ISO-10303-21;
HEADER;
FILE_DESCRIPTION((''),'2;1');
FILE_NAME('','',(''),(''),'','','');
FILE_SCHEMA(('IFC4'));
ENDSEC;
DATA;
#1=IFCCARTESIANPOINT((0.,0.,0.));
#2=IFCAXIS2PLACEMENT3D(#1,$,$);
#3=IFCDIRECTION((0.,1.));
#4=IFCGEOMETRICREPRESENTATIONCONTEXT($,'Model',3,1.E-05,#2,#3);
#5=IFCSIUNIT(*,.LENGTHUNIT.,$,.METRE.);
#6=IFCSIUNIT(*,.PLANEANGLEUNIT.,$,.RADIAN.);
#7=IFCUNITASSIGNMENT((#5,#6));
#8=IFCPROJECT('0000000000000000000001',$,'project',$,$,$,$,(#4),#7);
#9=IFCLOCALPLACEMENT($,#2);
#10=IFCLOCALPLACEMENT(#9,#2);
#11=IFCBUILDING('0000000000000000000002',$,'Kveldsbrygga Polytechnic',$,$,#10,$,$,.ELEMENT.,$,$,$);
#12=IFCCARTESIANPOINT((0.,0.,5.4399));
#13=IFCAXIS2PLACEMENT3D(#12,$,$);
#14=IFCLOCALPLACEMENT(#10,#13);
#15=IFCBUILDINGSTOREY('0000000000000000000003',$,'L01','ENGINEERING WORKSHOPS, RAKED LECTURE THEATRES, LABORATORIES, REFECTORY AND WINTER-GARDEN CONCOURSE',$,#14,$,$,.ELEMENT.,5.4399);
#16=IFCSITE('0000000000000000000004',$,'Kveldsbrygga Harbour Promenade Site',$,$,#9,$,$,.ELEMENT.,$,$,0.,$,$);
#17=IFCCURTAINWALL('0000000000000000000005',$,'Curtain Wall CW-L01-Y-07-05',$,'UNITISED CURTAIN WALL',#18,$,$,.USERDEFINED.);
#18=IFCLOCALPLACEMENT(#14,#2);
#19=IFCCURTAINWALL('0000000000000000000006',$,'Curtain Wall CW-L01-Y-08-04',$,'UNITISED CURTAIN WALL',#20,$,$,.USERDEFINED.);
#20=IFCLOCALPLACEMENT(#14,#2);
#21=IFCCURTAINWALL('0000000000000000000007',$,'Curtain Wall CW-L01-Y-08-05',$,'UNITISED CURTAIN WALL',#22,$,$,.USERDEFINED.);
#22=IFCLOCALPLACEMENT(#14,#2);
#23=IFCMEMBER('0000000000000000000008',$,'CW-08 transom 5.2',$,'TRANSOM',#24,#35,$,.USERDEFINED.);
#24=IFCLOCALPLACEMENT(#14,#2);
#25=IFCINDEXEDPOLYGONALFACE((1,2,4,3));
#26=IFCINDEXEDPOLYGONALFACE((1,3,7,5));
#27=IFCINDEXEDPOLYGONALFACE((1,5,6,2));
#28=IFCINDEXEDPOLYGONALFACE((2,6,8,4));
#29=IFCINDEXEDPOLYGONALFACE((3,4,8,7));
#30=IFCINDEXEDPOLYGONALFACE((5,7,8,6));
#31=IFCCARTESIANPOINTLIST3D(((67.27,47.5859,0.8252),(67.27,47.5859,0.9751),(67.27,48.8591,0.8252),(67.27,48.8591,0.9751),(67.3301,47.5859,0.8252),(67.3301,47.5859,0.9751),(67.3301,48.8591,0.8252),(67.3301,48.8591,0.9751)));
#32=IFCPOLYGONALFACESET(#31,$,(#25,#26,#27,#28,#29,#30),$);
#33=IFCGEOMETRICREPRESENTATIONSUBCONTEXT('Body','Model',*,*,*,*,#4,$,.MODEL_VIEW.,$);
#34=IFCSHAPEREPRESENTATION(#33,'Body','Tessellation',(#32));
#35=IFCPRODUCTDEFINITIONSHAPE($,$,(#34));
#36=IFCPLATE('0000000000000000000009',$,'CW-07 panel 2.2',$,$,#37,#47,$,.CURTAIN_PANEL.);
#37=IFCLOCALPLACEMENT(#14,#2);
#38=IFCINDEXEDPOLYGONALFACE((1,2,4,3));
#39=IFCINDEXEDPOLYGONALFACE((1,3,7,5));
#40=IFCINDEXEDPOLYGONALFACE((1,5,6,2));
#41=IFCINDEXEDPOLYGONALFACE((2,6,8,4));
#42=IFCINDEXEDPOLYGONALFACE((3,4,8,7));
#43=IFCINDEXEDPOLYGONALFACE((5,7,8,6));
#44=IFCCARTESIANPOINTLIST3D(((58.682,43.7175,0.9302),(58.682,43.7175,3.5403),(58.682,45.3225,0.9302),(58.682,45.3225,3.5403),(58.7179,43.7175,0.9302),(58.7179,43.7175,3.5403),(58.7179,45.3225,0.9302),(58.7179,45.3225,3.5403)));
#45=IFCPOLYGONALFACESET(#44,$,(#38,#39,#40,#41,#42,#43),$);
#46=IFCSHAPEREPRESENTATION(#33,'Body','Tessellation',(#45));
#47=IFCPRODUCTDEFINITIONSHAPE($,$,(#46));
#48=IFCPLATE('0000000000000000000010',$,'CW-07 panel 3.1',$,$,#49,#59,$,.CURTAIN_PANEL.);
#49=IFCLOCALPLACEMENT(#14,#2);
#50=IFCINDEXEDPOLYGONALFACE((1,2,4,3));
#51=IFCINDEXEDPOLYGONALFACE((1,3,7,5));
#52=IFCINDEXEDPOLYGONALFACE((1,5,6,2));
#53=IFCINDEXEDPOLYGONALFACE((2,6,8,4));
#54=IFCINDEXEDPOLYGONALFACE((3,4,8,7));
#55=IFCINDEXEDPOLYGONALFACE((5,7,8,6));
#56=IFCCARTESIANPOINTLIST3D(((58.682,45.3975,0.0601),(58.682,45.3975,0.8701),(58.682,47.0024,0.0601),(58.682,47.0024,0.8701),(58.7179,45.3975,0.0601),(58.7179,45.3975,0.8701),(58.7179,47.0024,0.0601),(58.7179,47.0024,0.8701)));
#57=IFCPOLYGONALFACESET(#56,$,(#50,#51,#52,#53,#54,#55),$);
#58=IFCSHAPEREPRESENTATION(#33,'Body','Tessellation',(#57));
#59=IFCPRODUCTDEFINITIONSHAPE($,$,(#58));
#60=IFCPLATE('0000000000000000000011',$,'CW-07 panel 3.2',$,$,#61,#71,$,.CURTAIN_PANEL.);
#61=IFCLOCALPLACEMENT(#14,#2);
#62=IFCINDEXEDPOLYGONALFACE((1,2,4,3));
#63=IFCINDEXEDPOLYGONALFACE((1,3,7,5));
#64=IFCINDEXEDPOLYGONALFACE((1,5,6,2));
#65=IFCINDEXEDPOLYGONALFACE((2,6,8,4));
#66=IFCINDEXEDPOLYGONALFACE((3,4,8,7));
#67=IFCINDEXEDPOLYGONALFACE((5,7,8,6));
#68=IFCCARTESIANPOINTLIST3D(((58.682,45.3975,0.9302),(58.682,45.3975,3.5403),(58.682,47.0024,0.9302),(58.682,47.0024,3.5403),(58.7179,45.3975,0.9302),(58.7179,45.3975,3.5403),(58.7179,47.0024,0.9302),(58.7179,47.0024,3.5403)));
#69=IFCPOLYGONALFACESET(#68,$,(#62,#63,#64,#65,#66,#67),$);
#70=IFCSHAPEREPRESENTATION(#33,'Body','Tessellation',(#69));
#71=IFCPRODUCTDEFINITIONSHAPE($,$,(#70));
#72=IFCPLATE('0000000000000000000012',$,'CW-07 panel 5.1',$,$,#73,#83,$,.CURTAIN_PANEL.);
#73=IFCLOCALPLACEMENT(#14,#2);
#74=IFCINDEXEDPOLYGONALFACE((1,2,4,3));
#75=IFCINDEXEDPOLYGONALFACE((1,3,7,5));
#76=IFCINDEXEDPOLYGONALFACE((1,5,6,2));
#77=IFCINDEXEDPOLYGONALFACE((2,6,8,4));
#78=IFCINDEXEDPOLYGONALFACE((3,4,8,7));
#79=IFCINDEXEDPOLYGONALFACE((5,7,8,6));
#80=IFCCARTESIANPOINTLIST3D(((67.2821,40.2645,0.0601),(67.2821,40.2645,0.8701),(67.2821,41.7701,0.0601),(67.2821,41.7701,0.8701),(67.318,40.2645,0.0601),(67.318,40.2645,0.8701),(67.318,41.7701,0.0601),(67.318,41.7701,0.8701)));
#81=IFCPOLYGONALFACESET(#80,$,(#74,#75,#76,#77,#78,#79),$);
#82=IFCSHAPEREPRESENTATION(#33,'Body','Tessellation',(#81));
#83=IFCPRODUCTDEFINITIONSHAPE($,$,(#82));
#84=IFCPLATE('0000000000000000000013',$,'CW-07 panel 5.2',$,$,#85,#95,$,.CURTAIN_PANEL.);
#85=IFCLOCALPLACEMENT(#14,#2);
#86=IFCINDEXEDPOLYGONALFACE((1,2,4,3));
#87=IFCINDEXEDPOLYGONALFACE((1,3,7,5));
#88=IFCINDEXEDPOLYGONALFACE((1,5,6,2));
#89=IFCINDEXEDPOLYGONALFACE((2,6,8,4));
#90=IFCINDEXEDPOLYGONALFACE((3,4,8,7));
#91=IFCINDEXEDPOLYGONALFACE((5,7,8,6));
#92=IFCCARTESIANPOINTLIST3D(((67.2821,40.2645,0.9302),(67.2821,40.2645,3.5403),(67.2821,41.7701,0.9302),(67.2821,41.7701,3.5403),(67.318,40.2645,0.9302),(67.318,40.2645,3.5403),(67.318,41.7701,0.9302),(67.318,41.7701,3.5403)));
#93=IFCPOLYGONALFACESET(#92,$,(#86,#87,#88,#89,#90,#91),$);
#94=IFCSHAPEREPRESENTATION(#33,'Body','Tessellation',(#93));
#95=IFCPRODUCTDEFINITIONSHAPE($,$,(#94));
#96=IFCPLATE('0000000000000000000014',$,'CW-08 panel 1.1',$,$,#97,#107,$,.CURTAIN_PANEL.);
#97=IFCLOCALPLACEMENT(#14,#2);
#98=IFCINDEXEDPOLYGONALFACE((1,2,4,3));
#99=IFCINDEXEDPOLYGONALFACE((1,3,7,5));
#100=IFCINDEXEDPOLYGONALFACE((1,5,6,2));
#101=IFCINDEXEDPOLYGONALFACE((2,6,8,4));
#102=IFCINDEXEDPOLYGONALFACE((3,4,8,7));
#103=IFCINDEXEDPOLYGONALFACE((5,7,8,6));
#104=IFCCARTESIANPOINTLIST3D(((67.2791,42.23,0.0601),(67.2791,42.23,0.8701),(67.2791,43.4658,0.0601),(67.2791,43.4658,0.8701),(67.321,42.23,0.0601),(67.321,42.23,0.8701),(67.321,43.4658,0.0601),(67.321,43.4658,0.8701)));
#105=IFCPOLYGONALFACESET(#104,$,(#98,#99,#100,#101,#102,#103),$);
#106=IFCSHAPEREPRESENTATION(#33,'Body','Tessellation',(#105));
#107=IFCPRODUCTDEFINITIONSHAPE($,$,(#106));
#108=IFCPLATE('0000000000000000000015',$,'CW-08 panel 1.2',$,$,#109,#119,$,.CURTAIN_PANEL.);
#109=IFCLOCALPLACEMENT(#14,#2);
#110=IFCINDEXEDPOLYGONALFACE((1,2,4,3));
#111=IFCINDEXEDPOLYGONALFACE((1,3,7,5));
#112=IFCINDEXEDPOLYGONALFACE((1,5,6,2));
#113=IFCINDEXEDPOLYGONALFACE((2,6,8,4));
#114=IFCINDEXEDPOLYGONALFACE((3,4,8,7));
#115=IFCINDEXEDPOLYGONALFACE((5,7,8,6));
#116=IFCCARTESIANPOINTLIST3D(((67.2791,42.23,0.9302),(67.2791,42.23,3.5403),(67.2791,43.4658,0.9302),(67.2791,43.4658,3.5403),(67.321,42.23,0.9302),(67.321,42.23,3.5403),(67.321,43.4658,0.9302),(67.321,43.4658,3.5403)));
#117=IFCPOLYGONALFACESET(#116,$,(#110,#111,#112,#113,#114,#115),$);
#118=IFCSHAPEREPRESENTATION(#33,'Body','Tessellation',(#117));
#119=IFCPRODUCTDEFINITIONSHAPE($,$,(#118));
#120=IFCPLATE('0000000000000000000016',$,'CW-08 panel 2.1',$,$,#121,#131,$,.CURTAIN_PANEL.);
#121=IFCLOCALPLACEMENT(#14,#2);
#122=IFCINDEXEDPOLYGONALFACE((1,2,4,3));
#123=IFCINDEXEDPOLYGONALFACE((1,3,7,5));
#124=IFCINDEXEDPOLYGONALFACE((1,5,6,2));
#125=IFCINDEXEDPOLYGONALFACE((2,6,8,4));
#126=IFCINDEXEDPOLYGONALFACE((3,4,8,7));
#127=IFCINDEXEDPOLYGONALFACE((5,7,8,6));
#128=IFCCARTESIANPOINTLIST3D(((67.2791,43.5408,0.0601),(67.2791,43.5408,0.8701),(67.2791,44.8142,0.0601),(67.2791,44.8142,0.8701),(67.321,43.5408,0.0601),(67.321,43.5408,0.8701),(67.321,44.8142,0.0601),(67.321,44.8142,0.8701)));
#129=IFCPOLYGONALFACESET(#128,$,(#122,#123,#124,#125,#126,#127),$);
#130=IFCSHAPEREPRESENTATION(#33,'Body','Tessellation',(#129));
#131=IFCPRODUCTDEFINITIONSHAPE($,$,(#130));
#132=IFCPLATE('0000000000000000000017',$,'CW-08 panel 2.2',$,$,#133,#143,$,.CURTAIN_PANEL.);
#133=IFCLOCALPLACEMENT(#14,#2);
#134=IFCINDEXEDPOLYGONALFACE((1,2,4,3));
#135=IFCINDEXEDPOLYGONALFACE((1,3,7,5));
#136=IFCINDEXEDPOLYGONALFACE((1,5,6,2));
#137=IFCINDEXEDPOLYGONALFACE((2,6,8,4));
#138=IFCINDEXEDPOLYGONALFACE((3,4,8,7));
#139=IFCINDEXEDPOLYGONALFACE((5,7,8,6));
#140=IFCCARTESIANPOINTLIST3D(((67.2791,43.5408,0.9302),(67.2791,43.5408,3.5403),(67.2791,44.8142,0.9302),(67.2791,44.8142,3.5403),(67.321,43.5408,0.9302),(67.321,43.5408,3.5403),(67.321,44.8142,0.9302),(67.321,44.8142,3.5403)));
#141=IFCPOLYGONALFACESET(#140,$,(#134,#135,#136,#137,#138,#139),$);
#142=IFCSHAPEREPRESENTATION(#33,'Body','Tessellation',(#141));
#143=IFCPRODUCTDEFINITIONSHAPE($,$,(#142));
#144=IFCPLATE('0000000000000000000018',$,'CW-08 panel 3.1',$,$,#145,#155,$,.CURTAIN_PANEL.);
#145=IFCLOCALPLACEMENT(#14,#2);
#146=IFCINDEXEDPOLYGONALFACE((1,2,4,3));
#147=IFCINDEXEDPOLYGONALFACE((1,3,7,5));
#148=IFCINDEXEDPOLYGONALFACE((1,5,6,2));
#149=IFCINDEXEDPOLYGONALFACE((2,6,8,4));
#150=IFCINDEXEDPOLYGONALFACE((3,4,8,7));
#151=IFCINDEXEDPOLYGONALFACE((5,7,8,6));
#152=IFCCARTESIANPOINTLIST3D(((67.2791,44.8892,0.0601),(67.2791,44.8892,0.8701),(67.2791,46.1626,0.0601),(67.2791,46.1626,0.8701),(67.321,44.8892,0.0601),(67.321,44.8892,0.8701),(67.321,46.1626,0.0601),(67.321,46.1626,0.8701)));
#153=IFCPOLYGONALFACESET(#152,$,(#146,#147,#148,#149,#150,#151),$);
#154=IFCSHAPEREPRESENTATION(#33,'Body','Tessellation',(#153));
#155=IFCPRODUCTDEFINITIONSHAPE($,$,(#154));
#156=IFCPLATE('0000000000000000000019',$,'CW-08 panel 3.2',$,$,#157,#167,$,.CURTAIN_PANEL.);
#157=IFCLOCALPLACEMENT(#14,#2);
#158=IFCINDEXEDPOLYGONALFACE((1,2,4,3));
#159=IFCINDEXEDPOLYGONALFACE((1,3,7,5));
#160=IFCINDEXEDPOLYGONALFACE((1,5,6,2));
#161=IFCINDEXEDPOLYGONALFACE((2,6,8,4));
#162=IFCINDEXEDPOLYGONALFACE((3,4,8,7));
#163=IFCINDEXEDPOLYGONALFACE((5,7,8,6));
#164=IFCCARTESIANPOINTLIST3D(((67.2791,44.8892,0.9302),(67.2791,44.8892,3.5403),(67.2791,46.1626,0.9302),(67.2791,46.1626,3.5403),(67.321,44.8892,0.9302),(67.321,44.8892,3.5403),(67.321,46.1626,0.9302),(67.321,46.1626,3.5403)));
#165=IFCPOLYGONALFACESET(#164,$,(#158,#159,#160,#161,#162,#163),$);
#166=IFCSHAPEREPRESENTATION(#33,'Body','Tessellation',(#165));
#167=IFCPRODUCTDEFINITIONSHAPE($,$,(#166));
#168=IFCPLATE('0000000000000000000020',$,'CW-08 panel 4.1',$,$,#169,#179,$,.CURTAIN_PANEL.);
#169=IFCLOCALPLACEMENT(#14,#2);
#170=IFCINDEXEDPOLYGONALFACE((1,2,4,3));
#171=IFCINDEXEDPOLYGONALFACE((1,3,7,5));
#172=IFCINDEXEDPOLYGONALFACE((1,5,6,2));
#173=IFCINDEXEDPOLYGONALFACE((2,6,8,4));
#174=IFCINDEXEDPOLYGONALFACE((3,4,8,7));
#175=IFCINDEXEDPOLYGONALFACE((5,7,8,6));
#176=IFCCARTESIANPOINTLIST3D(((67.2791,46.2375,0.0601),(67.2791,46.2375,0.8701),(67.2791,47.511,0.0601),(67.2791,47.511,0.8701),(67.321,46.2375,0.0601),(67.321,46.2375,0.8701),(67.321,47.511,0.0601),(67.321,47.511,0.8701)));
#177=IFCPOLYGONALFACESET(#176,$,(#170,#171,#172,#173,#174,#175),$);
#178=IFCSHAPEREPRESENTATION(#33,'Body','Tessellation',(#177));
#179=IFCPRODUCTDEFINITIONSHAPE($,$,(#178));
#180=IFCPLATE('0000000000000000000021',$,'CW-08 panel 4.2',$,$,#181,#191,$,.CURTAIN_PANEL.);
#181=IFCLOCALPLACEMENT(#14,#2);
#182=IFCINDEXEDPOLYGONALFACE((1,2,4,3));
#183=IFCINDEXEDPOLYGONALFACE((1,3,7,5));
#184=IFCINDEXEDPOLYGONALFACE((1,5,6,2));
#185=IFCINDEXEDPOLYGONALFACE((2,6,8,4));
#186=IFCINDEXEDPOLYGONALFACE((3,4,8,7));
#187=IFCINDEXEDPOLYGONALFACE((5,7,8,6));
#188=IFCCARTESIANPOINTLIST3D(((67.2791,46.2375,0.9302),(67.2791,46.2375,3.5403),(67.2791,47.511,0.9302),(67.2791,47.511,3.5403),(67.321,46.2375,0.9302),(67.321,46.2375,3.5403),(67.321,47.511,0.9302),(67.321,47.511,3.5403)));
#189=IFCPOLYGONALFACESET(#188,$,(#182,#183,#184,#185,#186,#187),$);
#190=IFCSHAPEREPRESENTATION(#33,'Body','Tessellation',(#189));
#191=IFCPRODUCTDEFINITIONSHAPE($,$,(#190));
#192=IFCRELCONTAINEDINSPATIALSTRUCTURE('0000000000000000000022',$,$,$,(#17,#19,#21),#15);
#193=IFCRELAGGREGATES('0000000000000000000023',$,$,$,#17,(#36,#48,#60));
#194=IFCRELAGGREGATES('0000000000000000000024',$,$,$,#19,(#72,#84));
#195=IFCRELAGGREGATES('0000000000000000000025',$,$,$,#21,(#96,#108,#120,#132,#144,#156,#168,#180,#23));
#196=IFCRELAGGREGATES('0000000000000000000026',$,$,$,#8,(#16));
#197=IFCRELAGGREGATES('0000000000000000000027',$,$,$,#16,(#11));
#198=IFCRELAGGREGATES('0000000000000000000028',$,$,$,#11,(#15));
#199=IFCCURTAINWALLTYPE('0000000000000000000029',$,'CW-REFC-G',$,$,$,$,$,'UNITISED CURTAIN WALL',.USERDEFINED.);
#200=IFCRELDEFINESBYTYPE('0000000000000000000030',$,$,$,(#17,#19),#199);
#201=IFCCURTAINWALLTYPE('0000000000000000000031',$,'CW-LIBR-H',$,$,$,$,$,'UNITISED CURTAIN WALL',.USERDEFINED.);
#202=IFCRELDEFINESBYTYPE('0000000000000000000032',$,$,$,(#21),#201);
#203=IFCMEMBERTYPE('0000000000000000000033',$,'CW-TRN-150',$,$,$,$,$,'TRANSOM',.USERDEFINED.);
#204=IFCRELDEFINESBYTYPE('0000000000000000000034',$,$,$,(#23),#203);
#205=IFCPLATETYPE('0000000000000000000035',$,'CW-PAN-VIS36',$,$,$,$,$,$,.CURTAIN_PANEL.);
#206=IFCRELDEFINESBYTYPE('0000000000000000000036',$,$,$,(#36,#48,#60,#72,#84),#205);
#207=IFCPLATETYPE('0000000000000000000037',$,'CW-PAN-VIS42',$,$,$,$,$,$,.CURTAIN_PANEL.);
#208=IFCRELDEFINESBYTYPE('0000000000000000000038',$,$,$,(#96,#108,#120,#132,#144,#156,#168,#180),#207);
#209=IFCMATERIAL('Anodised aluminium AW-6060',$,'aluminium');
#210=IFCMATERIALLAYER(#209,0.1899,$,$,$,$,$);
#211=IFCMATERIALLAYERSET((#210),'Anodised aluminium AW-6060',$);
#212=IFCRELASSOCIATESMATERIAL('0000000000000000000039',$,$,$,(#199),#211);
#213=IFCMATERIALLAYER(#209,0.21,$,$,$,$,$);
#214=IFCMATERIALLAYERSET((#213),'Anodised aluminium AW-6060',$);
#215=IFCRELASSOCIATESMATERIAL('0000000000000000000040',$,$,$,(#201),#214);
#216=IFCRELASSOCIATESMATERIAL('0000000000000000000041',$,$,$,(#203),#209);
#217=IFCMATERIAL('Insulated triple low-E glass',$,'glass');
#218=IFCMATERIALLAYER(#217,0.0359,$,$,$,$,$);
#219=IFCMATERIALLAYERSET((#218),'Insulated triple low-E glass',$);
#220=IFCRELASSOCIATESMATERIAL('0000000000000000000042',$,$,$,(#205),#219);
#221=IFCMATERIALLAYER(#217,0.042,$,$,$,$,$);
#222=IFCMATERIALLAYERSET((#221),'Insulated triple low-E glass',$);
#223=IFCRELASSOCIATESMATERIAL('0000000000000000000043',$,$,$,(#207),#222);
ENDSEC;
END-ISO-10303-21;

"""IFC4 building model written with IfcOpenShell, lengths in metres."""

from ifc_helpers import new_model, si_unit, direction, frame, origin, origin_2d, place, context, subcontext, project, spatial, rectangle, extrude, material, layer, layer_set, material_profile, profile_set, type_object, element, aggregate, save


model = new_model("IFC4")

# Units and contexts
model_context = context("Model", 3, precision=1e-05, world=origin(), true_north=direction((0.0, 1.0)))
body_context = subcontext(model_context, "Body", "Model", "MODEL_VIEW")
ifc_project = project(units=[si_unit("LENGTHUNIT", "METRE"), si_unit("PLANEANGLEUNIT", "RADIAN")], contexts=[model_context])

# Site, building, storey
site_placement = place(None, origin())
site = spatial("IfcSite", under=ifc_project, at=site_placement, Name="Kveldsbrygga Harbour Promenade Site", CompositionType="ELEMENT", RefElevation=0.0)
building_placement = place(site_placement, origin())
building = spatial("IfcBuilding", under=site, at=building_placement, Name="Kveldsbrygga Polytechnic", CompositionType="ELEMENT")
storey_placement = place(building_placement, frame((0.0, 0.0, 5.4399)))
storey = spatial("IfcBuildingStorey", under=building, at=storey_placement, Name="L01", Description="ENGINEERING WORKSHOPS, RAKED LECTURE THEATRES, LABORATORIES, REFECTORY AND WINTER-GARDEN CONCOURSE", CompositionType="ELEMENT", Elevation=5.4399)

# Curtain walls
ifc_material_1 = material(Name="Anodised aluminium AW-6060", Category="aluminium")
ifc_layer_1 = layer(ifc_material_1, 0.1899)
ifc_layer_set_1 = layer_set([ifc_layer_1], Name="Anodised aluminium AW-6060")
curtain_wall_type_1 = type_object("IfcCurtainWallType", Name="CW-REFC-G", ElementType="UNITISED CURTAIN WALL", PredefinedType="USERDEFINED", material=ifc_layer_set_1)
curtain_wall_1_placement = place(storey_placement, origin())
curtain_wall_1 = element("IfcCurtainWall", 1, at=curtain_wall_1_placement, inside=storey, type_object=curtain_wall_type_1, Name="Curtain Wall CW-L01-Y-07-05", ObjectType="UNITISED CURTAIN WALL", PredefinedType="USERDEFINED")
curtain_wall_2_placement = place(storey_placement, origin())
curtain_wall_2 = element("IfcCurtainWall", 2, at=curtain_wall_2_placement, inside=storey, type_object=curtain_wall_type_1, Name="Curtain Wall CW-L01-Y-08-04", ObjectType="UNITISED CURTAIN WALL", PredefinedType="USERDEFINED")
ifc_layer_2 = layer(ifc_material_1, 0.21)
ifc_layer_set_2 = layer_set([ifc_layer_2], Name="Anodised aluminium AW-6060")
curtain_wall_type_2 = type_object("IfcCurtainWallType", Name="CW-LIBR-H", ElementType="UNITISED CURTAIN WALL", PredefinedType="USERDEFINED", material=ifc_layer_set_2)
curtain_wall_3_placement = place(storey_placement, origin())
curtain_wall_3 = element("IfcCurtainWall", 3, at=curtain_wall_3_placement, inside=storey, type_object=curtain_wall_type_2, Name="Curtain Wall CW-L01-Y-08-05", ObjectType="UNITISED CURTAIN WALL", PredefinedType="USERDEFINED")

# Member
ifc_material_profile_1 = material_profile(ifc_material_1, rectangle(XDim=0.0601, YDim=0.1499, at=origin_2d()), Name="ALU 60x150")
ifc_profile_set_1 = profile_set([ifc_material_profile_1], Name="Anodised aluminium AW-6060")
member_type_1 = type_object("IfcMemberType", Name="CW-TRN-150", ElementType="TRANSOM", PredefinedType="USERDEFINED", material=ifc_profile_set_1)
member_1_placement = place(storey_placement, frame((67.3, 47.5859, 0.9001), z_axis=(0.0, 1.0, 0.0), x_axis=(-1.0, 0.0, 0.0)))
member_1 = element("IfcMember", 4, at=member_1_placement, type_object=member_type_1, Name="CW-08 transom 5.2", ObjectType="TRANSOM", PredefinedType="USERDEFINED", context=body_context, shape_type="SweptSolid", body=[
    extrude(rectangle(XDim=0.0601, YDim=0.1499, at=origin_2d()), origin(), (0.0, 0.0, 1.0), 1.2732),
])

# Plates
ifc_material_2 = material(Name="Insulated triple low-E glass", Category="glass")
ifc_layer_3 = layer(ifc_material_2, 0.0359)
ifc_layer_set_3 = layer_set([ifc_layer_3], Name="Insulated triple low-E glass")
plate_type_1 = type_object("IfcPlateType", Name="CW-PAN-VIS36", PredefinedType="CURTAIN_PANEL", material=ifc_layer_set_3)
plate_1_placement = place(storey_placement, frame((58.7, 44.52, 0.9302), z_axis=(0.0, 0.0, 1.0), x_axis=(0.0, 1.0, 0.0)))
plate_1 = element("IfcPlate", 5, at=plate_1_placement, type_object=plate_type_1, Name="CW-07 panel 2.2", PredefinedType="CURTAIN_PANEL", context=body_context, shape_type="SweptSolid", body=[
    extrude(rectangle(XDim=1.605, YDim=0.0359, at=origin_2d()), origin(), (0.0, 0.0, 1.0), 2.6101),
])
plate_2_placement = place(storey_placement, frame((58.7, 46.2, 0.0601), z_axis=(0.0, 0.0, 1.0), x_axis=(0.0, 1.0, 0.0)))
plate_2 = element("IfcPlate", 6, at=plate_2_placement, type_object=plate_type_1, Name="CW-07 panel 3.1", PredefinedType="CURTAIN_PANEL", context=body_context, shape_type="SweptSolid", body=[
    extrude(rectangle(XDim=1.605, YDim=0.0359, at=origin_2d()), origin(), (0.0, 0.0, 1.0), 0.8101),
])
plate_3_placement = place(storey_placement, frame((58.7, 46.2, 0.9302), z_axis=(0.0, 0.0, 1.0), x_axis=(0.0, 1.0, 0.0)))
plate_3 = element("IfcPlate", 7, at=plate_3_placement, type_object=plate_type_1, Name="CW-07 panel 3.2", PredefinedType="CURTAIN_PANEL", context=body_context, shape_type="SweptSolid", body=[
    extrude(rectangle(XDim=1.605, YDim=0.0359, at=origin_2d()), origin(), (0.0, 0.0, 1.0), 2.6101),
])
aggregate(curtain_wall_1, [plate_1, plate_2, plate_3])
plate_4_placement = place(storey_placement, frame((67.3, 41.0173, 0.0601), z_axis=(0.0, 0.0, 1.0), x_axis=(0.0, 1.0, 0.0)))
plate_4 = element("IfcPlate", 8, at=plate_4_placement, type_object=plate_type_1, Name="CW-07 panel 5.1", PredefinedType="CURTAIN_PANEL", context=body_context, shape_type="SweptSolid", body=[
    extrude(rectangle(XDim=1.5056, YDim=0.0359, at=origin_2d()), origin(), (0.0, 0.0, 1.0), 0.8101),
])
plate_5_placement = place(storey_placement, frame((67.3, 41.0173, 0.9302), z_axis=(0.0, 0.0, 1.0), x_axis=(0.0, 1.0, 0.0)))
plate_5 = element("IfcPlate", 9, at=plate_5_placement, type_object=plate_type_1, Name="CW-07 panel 5.2", PredefinedType="CURTAIN_PANEL", context=body_context, shape_type="SweptSolid", body=[
    extrude(rectangle(XDim=1.5056, YDim=0.0359, at=origin_2d()), origin(), (0.0, 0.0, 1.0), 2.6101),
])
aggregate(curtain_wall_2, [plate_4, plate_5])
ifc_layer_4 = layer(ifc_material_2, 0.042)
ifc_layer_set_4 = layer_set([ifc_layer_4], Name="Insulated triple low-E glass")
plate_type_2 = type_object("IfcPlateType", Name="CW-PAN-VIS42", PredefinedType="CURTAIN_PANEL", material=ifc_layer_set_4)
plate_6_placement = place(storey_placement, frame((67.3, 42.8479, 0.0601), z_axis=(0.0, 0.0, 1.0), x_axis=(0.0, 1.0, 0.0)))
plate_6 = element("IfcPlate", 10, at=plate_6_placement, type_object=plate_type_2, Name="CW-08 panel 1.1", PredefinedType="CURTAIN_PANEL", context=body_context, shape_type="SweptSolid", body=[
    extrude(rectangle(XDim=1.2358, YDim=0.042, at=origin_2d()), origin(), (0.0, 0.0, 1.0), 0.8101),
])
plate_7_placement = place(storey_placement, frame((67.3, 42.8479, 0.9302), z_axis=(0.0, 0.0, 1.0), x_axis=(0.0, 1.0, 0.0)))
plate_7 = element("IfcPlate", 11, at=plate_7_placement, type_object=plate_type_2, Name="CW-08 panel 1.2", PredefinedType="CURTAIN_PANEL", context=body_context, shape_type="SweptSolid", body=[
    extrude(rectangle(XDim=1.2358, YDim=0.042, at=origin_2d()), origin(), (0.0, 0.0, 1.0), 2.6101),
])
plate_8_placement = place(storey_placement, frame((67.3, 44.1775, 0.0601), z_axis=(0.0, 0.0, 1.0), x_axis=(0.0, 1.0, 0.0)))
plate_8 = element("IfcPlate", 12, at=plate_8_placement, type_object=plate_type_2, Name="CW-08 panel 2.1", PredefinedType="CURTAIN_PANEL", context=body_context, shape_type="SweptSolid", body=[
    extrude(rectangle(XDim=1.2734, YDim=0.042, at=origin_2d()), origin(), (0.0, 0.0, 1.0), 0.8101),
])
plate_9_placement = place(storey_placement, frame((67.3, 44.1775, 0.9302), z_axis=(0.0, 0.0, 1.0), x_axis=(0.0, 1.0, 0.0)))
plate_9 = element("IfcPlate", 13, at=plate_9_placement, type_object=plate_type_2, Name="CW-08 panel 2.2", PredefinedType="CURTAIN_PANEL", context=body_context, shape_type="SweptSolid", body=[
    extrude(rectangle(XDim=1.2734, YDim=0.042, at=origin_2d()), origin(), (0.0, 0.0, 1.0), 2.6101),
])
plate_10_placement = place(storey_placement, frame((67.3, 45.5259, 0.0601), z_axis=(0.0, 0.0, 1.0), x_axis=(0.0, 1.0, 0.0)))
plate_10 = element("IfcPlate", 14, at=plate_10_placement, type_object=plate_type_2, Name="CW-08 panel 3.1", PredefinedType="CURTAIN_PANEL", context=body_context, shape_type="SweptSolid", body=[
    extrude(rectangle(XDim=1.2734, YDim=0.042, at=origin_2d()), origin(), (0.0, 0.0, 1.0), 0.8101),
])
plate_11_placement = place(storey_placement, frame((67.3, 45.5259, 0.9302), z_axis=(0.0, 0.0, 1.0), x_axis=(0.0, 1.0, 0.0)))
plate_11 = element("IfcPlate", 15, at=plate_11_placement, type_object=plate_type_2, Name="CW-08 panel 3.2", PredefinedType="CURTAIN_PANEL", context=body_context, shape_type="SweptSolid", body=[
    extrude(rectangle(XDim=1.2734, YDim=0.042, at=origin_2d()), origin(), (0.0, 0.0, 1.0), 2.6101),
])
plate_12_placement = place(storey_placement, frame((67.3, 46.8743, 0.0601), z_axis=(0.0, 0.0, 1.0), x_axis=(0.0, 1.0, 0.0)))
plate_12 = element("IfcPlate", 16, at=plate_12_placement, type_object=plate_type_2, Name="CW-08 panel 4.1", PredefinedType="CURTAIN_PANEL", context=body_context, shape_type="SweptSolid", body=[
    extrude(rectangle(XDim=1.2734, YDim=0.042, at=origin_2d()), origin(), (0.0, 0.0, 1.0), 0.8101),
])
plate_13_placement = place(storey_placement, frame((67.3, 46.8743, 0.9302), z_axis=(0.0, 0.0, 1.0), x_axis=(0.0, 1.0, 0.0)))
plate_13 = element("IfcPlate", 17, at=plate_13_placement, type_object=plate_type_2, Name="CW-08 panel 4.2", PredefinedType="CURTAIN_PANEL", context=body_context, shape_type="SweptSolid", body=[
    extrude(rectangle(XDim=1.2734, YDim=0.042, at=origin_2d()), origin(), (0.0, 0.0, 1.0), 2.6101),
])
aggregate(curtain_wall_3, [plate_6, plate_7, plate_8, plate_9, plate_10, plate_11, plate_12, plate_13, member_1])

save(model, "model.ifc")
